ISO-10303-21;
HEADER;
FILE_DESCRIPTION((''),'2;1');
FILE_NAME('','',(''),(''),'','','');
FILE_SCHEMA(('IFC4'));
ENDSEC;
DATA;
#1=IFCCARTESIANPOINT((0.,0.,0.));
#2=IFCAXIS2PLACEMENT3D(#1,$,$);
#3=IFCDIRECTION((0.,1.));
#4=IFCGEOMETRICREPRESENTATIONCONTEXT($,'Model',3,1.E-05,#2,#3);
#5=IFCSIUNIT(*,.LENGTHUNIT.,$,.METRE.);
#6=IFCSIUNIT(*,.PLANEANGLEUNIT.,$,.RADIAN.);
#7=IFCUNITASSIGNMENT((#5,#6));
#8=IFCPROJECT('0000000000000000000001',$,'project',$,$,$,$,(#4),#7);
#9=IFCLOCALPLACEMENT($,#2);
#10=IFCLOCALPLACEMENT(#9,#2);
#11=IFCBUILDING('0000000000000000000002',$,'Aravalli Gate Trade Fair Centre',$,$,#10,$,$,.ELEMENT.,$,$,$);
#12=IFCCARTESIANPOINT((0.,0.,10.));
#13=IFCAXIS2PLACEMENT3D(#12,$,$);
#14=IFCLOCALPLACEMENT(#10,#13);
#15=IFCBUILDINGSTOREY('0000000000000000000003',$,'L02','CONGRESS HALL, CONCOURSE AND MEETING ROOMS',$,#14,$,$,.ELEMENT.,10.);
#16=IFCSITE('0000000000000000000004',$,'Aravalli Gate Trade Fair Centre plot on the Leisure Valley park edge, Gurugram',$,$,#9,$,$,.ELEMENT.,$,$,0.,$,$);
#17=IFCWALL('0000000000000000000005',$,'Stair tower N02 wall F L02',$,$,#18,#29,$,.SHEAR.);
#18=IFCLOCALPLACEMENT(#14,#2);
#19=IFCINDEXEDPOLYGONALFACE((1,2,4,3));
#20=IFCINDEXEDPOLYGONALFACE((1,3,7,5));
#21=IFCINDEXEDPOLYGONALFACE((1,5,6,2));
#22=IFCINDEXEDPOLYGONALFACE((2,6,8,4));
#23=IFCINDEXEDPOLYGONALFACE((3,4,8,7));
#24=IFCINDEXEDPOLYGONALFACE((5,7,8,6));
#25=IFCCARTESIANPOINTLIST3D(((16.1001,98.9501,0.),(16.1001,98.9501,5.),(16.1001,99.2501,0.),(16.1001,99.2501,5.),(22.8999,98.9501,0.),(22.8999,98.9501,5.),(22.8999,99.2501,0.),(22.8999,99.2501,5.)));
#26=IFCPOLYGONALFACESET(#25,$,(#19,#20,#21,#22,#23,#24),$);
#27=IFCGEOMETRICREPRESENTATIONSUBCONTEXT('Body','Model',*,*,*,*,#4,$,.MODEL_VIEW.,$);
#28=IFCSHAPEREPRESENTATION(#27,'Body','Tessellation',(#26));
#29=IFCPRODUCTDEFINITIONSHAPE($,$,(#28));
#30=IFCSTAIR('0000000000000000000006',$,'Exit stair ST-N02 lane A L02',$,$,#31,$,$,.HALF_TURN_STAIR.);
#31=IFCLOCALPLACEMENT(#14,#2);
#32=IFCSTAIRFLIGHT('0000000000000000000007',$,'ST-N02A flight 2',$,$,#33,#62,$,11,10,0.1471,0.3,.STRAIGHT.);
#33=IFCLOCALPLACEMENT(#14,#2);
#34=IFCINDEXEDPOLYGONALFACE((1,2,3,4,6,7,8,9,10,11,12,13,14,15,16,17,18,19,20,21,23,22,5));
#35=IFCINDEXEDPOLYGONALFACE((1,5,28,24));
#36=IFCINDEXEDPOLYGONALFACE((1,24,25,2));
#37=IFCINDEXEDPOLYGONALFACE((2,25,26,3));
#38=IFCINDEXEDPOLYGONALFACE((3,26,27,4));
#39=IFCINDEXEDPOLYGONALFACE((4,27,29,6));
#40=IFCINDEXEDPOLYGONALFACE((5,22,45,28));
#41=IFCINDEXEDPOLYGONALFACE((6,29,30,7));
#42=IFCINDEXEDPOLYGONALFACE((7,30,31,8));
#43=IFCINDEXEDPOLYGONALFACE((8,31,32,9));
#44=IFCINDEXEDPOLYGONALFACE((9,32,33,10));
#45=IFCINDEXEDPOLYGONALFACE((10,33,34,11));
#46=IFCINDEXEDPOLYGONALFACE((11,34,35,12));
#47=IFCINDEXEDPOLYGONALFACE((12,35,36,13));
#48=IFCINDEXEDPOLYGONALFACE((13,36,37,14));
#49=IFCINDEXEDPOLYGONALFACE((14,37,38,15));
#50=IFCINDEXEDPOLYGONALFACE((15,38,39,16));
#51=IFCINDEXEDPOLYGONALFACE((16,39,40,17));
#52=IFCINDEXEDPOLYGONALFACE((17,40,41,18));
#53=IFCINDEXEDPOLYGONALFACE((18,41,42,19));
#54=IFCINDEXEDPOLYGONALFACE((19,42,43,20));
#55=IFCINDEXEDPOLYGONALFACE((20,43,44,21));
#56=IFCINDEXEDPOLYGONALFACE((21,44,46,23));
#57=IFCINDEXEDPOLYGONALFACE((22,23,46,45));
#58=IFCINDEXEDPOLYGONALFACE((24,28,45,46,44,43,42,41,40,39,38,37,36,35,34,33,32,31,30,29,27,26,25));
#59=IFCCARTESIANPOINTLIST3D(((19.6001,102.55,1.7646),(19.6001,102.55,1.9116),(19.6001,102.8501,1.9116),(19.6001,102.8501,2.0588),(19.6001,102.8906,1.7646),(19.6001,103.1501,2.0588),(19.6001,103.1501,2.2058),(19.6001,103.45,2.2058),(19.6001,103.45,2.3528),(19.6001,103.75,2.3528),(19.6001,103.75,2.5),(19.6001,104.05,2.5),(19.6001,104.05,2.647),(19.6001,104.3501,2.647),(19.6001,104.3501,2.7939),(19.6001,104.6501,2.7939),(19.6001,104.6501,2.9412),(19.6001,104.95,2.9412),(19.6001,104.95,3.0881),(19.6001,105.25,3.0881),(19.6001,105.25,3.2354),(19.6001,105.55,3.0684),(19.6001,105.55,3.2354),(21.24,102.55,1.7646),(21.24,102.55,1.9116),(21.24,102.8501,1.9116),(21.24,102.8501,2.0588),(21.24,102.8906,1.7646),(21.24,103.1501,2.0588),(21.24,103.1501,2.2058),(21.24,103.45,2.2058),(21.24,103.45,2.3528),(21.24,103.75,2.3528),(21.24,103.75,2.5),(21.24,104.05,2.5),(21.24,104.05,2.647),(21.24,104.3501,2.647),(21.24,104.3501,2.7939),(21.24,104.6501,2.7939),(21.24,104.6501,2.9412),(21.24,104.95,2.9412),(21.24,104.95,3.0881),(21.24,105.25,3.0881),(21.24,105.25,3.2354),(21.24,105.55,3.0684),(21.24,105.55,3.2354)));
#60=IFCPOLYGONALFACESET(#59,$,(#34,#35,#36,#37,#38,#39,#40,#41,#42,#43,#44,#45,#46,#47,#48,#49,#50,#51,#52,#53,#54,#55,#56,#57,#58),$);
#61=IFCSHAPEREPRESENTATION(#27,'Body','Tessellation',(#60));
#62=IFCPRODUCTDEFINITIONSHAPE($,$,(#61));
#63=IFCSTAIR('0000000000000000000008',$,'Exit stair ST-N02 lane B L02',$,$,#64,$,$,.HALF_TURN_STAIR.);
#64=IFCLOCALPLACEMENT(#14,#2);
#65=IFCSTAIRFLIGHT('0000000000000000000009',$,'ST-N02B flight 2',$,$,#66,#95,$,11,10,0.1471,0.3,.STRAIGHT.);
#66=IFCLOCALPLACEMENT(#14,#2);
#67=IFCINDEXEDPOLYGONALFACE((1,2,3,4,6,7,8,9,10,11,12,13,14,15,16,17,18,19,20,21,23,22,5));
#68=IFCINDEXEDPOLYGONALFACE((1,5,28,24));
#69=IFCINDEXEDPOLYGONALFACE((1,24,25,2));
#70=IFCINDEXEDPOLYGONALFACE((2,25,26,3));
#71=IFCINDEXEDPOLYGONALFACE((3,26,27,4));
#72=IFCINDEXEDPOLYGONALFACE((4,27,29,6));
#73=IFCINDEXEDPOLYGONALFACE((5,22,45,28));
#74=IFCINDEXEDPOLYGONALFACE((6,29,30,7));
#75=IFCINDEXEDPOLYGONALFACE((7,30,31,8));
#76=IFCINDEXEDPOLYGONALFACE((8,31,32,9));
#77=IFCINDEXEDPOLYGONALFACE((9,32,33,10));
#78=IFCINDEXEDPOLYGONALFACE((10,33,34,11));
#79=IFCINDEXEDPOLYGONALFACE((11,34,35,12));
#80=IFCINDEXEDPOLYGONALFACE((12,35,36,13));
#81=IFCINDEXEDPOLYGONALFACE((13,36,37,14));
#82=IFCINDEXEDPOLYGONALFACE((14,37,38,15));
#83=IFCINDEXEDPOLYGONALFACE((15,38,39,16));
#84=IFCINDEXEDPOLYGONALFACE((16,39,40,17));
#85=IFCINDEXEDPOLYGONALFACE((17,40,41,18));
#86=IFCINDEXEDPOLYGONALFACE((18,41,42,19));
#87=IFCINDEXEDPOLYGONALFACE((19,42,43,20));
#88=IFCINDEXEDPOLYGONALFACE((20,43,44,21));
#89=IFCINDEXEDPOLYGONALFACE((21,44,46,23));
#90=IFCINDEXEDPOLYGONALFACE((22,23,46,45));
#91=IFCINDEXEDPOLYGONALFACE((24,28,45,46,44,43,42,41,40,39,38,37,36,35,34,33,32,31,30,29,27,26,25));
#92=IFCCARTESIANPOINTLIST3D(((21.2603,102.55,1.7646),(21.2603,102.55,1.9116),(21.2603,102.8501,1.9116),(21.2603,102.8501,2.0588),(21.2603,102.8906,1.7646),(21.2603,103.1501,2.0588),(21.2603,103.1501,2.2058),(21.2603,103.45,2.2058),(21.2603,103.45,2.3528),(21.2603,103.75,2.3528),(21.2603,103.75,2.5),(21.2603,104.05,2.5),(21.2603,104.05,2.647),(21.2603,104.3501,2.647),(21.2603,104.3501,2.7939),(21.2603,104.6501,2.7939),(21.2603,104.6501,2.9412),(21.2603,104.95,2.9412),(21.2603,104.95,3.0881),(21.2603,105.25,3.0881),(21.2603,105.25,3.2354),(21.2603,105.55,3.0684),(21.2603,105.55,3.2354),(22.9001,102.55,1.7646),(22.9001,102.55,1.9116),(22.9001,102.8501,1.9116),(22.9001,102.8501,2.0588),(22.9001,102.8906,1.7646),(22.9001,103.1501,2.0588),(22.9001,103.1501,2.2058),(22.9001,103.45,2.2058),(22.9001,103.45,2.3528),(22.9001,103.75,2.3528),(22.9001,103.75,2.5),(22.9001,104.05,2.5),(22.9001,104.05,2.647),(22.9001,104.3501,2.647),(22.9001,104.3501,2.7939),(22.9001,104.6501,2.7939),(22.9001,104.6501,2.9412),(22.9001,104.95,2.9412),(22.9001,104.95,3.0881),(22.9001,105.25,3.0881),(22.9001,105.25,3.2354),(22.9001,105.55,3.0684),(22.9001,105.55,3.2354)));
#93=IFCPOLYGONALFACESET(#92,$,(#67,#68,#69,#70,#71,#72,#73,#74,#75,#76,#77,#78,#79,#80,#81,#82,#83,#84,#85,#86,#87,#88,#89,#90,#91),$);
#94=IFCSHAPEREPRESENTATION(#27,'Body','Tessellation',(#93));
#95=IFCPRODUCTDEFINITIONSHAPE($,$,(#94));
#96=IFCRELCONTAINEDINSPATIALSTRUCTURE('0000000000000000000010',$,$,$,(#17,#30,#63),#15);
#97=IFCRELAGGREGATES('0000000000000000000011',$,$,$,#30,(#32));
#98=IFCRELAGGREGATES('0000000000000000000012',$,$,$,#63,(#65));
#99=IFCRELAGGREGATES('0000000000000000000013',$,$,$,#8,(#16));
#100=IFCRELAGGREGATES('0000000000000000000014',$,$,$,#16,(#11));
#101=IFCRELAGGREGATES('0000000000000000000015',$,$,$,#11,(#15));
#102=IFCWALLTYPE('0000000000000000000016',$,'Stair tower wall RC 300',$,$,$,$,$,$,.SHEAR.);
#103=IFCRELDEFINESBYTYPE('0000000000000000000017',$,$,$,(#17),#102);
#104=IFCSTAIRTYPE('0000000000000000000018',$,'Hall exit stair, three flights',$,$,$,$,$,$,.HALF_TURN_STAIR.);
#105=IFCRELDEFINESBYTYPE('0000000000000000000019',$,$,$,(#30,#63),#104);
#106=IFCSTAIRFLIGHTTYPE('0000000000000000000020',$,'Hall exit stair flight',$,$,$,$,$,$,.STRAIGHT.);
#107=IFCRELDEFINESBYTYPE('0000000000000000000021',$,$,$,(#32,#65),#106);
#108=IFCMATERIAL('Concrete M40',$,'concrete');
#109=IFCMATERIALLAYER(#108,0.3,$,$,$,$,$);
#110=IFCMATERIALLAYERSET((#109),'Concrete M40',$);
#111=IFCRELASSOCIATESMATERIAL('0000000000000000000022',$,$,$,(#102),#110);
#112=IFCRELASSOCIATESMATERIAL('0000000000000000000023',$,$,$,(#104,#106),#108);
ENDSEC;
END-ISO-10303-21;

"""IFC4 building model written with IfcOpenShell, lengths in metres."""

from ifc_helpers import new_model, si_unit, direction, frame, frame_2d, origin, place, context, subcontext, project, spatial, polyline, rectangle, outline, extrude, material, layer, layer_set, type_object, element, aggregate, save


model = new_model("IFC4")

# Units and contexts
model_context = context("Model", 3, precision=1e-05, world=origin(), true_north=direction((0.0, 1.0)))
body_context = subcontext(model_context, "Body", "Model", "MODEL_VIEW")
ifc_project = project(units=[si_unit("LENGTHUNIT", "METRE"), si_unit("PLANEANGLEUNIT", "RADIAN")], contexts=[model_context])

# Site, building, storey
site_placement = place(None, origin())
site = spatial("IfcSite", under=ifc_project, at=site_placement, Name="Aravalli Gate Trade Fair Centre plot on the Leisure Valley park edge, Gurugram", CompositionType="ELEMENT", RefElevation=0.0)
building_placement = place(site_placement, origin())
building = spatial("IfcBuilding", under=site, at=building_placement, Name="Aravalli Gate Trade Fair Centre", CompositionType="ELEMENT")
storey_placement = place(building_placement, frame((0.0, 0.0, 10.0)))
storey = spatial("IfcBuildingStorey", under=building, at=storey_placement, Name="L02", Description="CONGRESS HALL, CONCOURSE AND MEETING ROOMS", CompositionType="ELEMENT", Elevation=10.0)

# Wall
ifc_material_1 = material(Name="Concrete M40", Category="concrete")
ifc_layer_1 = layer(ifc_material_1, 0.3)
ifc_layer_set_1 = layer_set([ifc_layer_1], Name="Concrete M40")
wall_type = type_object("IfcWallType", Name="Stair tower wall RC 300", PredefinedType="SHEAR", material=ifc_layer_set_1)
wall_placement = place(storey_placement, frame((16.1001, 99.1001, 0.0), z_axis=(0.0, 0.0, 1.0), x_axis=(1.0, 0.0, 0.0)))
element("IfcWall", 1, at=wall_placement, inside=storey, type_object=wall_type, Name="Stair tower N02 wall F L02", PredefinedType="SHEAR", context=body_context, shape_type="SweptSolid", body=[
    extrude(rectangle(XDim=6.7998, YDim=0.3, at=frame_2d((3.3999, 0.0))), origin(), (0.0, 0.0, 1.0), 5.0),
])

# Stairs, stair flights
stair_type = type_object("IfcStairType", Name="Hall exit stair, three flights", PredefinedType="HALF_TURN_STAIR", material=ifc_material_1)
stair_1_placement = place(storey_placement, origin())
stair_1 = element("IfcStair", 2, at=stair_1_placement, inside=storey, type_object=stair_type, Name="Exit stair ST-N02 lane A L02", PredefinedType="HALF_TURN_STAIR")
stair_flight_type = type_object("IfcStairFlightType", Name="Hall exit stair flight", PredefinedType="STRAIGHT", material=ifc_material_1)
stair_flight_1_placement = place(storey_placement, frame((20.4199, 102.55, 1.7646), z_axis=(0.0, 0.0, 1.0), x_axis=(0.0, 1.0, 0.0)))
stair_flight_1 = element("IfcStairFlight", 3, at=stair_flight_1_placement, type_object=stair_flight_type, Name="ST-N02A flight 2", NumberOfRisers=11, NumberOfTreads=10, PredefinedType="STRAIGHT", RiserHeight=0.1471, TreadLength=0.3, context=body_context, shape_type="SweptSolid", body=[
    extrude(outline(polyline([(0.0, 0.0), (0.0, 0.147), (0.3, 0.147), (0.3, 0.2942), (0.6001, 0.2942), (0.6001, 0.4412), (0.8999, 0.4412), (0.8999, 0.5881), (1.2, 0.5881), (1.2, 0.7354), (1.5, 0.7354), (1.5, 0.8823), (1.8, 0.8823), (1.8, 1.0293), (2.1001, 1.0293), (2.1001, 1.1765), (2.3999, 1.1765), (2.3999, 1.3235), (2.7, 1.3235), (2.7, 1.4707), (3.0, 1.4707), (3.0, 1.6177), (3.0, 1.3037), (0.3406, 0.0), (0.0, 0.0)])), frame((0.0, 0.8198, 0.0), z_axis=(0.0, -1.0, 0.0), x_axis=(1.0, 0.0, 0.0)), (0.0, 0.0, 1.0), 1.6399),
])
aggregate(stair_1, [stair_flight_1])
stair_2_placement = place(storey_placement, origin())
stair_2 = element("IfcStair", 4, at=stair_2_placement, inside=storey, type_object=stair_type, Name="Exit stair ST-N02 lane B L02", PredefinedType="HALF_TURN_STAIR")
stair_flight_2_placement = place(storey_placement, frame((22.0801, 102.55, 1.7646), z_axis=(0.0, 0.0, 1.0), x_axis=(0.0, 1.0, 0.0)))
stair_flight_2 = element("IfcStairFlight", 5, at=stair_flight_2_placement, type_object=stair_flight_type, Name="ST-N02B flight 2", NumberOfRisers=11, NumberOfTreads=10, PredefinedType="STRAIGHT", RiserHeight=0.1471, TreadLength=0.3, context=body_context, shape_type="SweptSolid", body=[
    extrude(outline(polyline([(0.0, 0.0), (0.0, 0.147), (0.3, 0.147), (0.3, 0.2942), (0.6001, 0.2942), (0.6001, 0.4412), (0.8999, 0.4412), (0.8999, 0.5881), (1.2, 0.5881), (1.2, 0.7354), (1.5, 0.7354), (1.5, 0.8823), (1.8, 0.8823), (1.8, 1.0293), (2.1001, 1.0293), (2.1001, 1.1765), (2.3999, 1.1765), (2.3999, 1.3235), (2.7, 1.3235), (2.7, 1.4707), (3.0, 1.4707), (3.0, 1.6177), (3.0, 1.3037), (0.3406, 0.0), (0.0, 0.0)])), frame((0.0, 0.8198, 0.0), z_axis=(0.0, -1.0, 0.0), x_axis=(1.0, 0.0, 0.0)), (0.0, 0.0, 1.0), 1.6399),
])
aggregate(stair_2, [stair_flight_2])

save(model, "model.ifc")
